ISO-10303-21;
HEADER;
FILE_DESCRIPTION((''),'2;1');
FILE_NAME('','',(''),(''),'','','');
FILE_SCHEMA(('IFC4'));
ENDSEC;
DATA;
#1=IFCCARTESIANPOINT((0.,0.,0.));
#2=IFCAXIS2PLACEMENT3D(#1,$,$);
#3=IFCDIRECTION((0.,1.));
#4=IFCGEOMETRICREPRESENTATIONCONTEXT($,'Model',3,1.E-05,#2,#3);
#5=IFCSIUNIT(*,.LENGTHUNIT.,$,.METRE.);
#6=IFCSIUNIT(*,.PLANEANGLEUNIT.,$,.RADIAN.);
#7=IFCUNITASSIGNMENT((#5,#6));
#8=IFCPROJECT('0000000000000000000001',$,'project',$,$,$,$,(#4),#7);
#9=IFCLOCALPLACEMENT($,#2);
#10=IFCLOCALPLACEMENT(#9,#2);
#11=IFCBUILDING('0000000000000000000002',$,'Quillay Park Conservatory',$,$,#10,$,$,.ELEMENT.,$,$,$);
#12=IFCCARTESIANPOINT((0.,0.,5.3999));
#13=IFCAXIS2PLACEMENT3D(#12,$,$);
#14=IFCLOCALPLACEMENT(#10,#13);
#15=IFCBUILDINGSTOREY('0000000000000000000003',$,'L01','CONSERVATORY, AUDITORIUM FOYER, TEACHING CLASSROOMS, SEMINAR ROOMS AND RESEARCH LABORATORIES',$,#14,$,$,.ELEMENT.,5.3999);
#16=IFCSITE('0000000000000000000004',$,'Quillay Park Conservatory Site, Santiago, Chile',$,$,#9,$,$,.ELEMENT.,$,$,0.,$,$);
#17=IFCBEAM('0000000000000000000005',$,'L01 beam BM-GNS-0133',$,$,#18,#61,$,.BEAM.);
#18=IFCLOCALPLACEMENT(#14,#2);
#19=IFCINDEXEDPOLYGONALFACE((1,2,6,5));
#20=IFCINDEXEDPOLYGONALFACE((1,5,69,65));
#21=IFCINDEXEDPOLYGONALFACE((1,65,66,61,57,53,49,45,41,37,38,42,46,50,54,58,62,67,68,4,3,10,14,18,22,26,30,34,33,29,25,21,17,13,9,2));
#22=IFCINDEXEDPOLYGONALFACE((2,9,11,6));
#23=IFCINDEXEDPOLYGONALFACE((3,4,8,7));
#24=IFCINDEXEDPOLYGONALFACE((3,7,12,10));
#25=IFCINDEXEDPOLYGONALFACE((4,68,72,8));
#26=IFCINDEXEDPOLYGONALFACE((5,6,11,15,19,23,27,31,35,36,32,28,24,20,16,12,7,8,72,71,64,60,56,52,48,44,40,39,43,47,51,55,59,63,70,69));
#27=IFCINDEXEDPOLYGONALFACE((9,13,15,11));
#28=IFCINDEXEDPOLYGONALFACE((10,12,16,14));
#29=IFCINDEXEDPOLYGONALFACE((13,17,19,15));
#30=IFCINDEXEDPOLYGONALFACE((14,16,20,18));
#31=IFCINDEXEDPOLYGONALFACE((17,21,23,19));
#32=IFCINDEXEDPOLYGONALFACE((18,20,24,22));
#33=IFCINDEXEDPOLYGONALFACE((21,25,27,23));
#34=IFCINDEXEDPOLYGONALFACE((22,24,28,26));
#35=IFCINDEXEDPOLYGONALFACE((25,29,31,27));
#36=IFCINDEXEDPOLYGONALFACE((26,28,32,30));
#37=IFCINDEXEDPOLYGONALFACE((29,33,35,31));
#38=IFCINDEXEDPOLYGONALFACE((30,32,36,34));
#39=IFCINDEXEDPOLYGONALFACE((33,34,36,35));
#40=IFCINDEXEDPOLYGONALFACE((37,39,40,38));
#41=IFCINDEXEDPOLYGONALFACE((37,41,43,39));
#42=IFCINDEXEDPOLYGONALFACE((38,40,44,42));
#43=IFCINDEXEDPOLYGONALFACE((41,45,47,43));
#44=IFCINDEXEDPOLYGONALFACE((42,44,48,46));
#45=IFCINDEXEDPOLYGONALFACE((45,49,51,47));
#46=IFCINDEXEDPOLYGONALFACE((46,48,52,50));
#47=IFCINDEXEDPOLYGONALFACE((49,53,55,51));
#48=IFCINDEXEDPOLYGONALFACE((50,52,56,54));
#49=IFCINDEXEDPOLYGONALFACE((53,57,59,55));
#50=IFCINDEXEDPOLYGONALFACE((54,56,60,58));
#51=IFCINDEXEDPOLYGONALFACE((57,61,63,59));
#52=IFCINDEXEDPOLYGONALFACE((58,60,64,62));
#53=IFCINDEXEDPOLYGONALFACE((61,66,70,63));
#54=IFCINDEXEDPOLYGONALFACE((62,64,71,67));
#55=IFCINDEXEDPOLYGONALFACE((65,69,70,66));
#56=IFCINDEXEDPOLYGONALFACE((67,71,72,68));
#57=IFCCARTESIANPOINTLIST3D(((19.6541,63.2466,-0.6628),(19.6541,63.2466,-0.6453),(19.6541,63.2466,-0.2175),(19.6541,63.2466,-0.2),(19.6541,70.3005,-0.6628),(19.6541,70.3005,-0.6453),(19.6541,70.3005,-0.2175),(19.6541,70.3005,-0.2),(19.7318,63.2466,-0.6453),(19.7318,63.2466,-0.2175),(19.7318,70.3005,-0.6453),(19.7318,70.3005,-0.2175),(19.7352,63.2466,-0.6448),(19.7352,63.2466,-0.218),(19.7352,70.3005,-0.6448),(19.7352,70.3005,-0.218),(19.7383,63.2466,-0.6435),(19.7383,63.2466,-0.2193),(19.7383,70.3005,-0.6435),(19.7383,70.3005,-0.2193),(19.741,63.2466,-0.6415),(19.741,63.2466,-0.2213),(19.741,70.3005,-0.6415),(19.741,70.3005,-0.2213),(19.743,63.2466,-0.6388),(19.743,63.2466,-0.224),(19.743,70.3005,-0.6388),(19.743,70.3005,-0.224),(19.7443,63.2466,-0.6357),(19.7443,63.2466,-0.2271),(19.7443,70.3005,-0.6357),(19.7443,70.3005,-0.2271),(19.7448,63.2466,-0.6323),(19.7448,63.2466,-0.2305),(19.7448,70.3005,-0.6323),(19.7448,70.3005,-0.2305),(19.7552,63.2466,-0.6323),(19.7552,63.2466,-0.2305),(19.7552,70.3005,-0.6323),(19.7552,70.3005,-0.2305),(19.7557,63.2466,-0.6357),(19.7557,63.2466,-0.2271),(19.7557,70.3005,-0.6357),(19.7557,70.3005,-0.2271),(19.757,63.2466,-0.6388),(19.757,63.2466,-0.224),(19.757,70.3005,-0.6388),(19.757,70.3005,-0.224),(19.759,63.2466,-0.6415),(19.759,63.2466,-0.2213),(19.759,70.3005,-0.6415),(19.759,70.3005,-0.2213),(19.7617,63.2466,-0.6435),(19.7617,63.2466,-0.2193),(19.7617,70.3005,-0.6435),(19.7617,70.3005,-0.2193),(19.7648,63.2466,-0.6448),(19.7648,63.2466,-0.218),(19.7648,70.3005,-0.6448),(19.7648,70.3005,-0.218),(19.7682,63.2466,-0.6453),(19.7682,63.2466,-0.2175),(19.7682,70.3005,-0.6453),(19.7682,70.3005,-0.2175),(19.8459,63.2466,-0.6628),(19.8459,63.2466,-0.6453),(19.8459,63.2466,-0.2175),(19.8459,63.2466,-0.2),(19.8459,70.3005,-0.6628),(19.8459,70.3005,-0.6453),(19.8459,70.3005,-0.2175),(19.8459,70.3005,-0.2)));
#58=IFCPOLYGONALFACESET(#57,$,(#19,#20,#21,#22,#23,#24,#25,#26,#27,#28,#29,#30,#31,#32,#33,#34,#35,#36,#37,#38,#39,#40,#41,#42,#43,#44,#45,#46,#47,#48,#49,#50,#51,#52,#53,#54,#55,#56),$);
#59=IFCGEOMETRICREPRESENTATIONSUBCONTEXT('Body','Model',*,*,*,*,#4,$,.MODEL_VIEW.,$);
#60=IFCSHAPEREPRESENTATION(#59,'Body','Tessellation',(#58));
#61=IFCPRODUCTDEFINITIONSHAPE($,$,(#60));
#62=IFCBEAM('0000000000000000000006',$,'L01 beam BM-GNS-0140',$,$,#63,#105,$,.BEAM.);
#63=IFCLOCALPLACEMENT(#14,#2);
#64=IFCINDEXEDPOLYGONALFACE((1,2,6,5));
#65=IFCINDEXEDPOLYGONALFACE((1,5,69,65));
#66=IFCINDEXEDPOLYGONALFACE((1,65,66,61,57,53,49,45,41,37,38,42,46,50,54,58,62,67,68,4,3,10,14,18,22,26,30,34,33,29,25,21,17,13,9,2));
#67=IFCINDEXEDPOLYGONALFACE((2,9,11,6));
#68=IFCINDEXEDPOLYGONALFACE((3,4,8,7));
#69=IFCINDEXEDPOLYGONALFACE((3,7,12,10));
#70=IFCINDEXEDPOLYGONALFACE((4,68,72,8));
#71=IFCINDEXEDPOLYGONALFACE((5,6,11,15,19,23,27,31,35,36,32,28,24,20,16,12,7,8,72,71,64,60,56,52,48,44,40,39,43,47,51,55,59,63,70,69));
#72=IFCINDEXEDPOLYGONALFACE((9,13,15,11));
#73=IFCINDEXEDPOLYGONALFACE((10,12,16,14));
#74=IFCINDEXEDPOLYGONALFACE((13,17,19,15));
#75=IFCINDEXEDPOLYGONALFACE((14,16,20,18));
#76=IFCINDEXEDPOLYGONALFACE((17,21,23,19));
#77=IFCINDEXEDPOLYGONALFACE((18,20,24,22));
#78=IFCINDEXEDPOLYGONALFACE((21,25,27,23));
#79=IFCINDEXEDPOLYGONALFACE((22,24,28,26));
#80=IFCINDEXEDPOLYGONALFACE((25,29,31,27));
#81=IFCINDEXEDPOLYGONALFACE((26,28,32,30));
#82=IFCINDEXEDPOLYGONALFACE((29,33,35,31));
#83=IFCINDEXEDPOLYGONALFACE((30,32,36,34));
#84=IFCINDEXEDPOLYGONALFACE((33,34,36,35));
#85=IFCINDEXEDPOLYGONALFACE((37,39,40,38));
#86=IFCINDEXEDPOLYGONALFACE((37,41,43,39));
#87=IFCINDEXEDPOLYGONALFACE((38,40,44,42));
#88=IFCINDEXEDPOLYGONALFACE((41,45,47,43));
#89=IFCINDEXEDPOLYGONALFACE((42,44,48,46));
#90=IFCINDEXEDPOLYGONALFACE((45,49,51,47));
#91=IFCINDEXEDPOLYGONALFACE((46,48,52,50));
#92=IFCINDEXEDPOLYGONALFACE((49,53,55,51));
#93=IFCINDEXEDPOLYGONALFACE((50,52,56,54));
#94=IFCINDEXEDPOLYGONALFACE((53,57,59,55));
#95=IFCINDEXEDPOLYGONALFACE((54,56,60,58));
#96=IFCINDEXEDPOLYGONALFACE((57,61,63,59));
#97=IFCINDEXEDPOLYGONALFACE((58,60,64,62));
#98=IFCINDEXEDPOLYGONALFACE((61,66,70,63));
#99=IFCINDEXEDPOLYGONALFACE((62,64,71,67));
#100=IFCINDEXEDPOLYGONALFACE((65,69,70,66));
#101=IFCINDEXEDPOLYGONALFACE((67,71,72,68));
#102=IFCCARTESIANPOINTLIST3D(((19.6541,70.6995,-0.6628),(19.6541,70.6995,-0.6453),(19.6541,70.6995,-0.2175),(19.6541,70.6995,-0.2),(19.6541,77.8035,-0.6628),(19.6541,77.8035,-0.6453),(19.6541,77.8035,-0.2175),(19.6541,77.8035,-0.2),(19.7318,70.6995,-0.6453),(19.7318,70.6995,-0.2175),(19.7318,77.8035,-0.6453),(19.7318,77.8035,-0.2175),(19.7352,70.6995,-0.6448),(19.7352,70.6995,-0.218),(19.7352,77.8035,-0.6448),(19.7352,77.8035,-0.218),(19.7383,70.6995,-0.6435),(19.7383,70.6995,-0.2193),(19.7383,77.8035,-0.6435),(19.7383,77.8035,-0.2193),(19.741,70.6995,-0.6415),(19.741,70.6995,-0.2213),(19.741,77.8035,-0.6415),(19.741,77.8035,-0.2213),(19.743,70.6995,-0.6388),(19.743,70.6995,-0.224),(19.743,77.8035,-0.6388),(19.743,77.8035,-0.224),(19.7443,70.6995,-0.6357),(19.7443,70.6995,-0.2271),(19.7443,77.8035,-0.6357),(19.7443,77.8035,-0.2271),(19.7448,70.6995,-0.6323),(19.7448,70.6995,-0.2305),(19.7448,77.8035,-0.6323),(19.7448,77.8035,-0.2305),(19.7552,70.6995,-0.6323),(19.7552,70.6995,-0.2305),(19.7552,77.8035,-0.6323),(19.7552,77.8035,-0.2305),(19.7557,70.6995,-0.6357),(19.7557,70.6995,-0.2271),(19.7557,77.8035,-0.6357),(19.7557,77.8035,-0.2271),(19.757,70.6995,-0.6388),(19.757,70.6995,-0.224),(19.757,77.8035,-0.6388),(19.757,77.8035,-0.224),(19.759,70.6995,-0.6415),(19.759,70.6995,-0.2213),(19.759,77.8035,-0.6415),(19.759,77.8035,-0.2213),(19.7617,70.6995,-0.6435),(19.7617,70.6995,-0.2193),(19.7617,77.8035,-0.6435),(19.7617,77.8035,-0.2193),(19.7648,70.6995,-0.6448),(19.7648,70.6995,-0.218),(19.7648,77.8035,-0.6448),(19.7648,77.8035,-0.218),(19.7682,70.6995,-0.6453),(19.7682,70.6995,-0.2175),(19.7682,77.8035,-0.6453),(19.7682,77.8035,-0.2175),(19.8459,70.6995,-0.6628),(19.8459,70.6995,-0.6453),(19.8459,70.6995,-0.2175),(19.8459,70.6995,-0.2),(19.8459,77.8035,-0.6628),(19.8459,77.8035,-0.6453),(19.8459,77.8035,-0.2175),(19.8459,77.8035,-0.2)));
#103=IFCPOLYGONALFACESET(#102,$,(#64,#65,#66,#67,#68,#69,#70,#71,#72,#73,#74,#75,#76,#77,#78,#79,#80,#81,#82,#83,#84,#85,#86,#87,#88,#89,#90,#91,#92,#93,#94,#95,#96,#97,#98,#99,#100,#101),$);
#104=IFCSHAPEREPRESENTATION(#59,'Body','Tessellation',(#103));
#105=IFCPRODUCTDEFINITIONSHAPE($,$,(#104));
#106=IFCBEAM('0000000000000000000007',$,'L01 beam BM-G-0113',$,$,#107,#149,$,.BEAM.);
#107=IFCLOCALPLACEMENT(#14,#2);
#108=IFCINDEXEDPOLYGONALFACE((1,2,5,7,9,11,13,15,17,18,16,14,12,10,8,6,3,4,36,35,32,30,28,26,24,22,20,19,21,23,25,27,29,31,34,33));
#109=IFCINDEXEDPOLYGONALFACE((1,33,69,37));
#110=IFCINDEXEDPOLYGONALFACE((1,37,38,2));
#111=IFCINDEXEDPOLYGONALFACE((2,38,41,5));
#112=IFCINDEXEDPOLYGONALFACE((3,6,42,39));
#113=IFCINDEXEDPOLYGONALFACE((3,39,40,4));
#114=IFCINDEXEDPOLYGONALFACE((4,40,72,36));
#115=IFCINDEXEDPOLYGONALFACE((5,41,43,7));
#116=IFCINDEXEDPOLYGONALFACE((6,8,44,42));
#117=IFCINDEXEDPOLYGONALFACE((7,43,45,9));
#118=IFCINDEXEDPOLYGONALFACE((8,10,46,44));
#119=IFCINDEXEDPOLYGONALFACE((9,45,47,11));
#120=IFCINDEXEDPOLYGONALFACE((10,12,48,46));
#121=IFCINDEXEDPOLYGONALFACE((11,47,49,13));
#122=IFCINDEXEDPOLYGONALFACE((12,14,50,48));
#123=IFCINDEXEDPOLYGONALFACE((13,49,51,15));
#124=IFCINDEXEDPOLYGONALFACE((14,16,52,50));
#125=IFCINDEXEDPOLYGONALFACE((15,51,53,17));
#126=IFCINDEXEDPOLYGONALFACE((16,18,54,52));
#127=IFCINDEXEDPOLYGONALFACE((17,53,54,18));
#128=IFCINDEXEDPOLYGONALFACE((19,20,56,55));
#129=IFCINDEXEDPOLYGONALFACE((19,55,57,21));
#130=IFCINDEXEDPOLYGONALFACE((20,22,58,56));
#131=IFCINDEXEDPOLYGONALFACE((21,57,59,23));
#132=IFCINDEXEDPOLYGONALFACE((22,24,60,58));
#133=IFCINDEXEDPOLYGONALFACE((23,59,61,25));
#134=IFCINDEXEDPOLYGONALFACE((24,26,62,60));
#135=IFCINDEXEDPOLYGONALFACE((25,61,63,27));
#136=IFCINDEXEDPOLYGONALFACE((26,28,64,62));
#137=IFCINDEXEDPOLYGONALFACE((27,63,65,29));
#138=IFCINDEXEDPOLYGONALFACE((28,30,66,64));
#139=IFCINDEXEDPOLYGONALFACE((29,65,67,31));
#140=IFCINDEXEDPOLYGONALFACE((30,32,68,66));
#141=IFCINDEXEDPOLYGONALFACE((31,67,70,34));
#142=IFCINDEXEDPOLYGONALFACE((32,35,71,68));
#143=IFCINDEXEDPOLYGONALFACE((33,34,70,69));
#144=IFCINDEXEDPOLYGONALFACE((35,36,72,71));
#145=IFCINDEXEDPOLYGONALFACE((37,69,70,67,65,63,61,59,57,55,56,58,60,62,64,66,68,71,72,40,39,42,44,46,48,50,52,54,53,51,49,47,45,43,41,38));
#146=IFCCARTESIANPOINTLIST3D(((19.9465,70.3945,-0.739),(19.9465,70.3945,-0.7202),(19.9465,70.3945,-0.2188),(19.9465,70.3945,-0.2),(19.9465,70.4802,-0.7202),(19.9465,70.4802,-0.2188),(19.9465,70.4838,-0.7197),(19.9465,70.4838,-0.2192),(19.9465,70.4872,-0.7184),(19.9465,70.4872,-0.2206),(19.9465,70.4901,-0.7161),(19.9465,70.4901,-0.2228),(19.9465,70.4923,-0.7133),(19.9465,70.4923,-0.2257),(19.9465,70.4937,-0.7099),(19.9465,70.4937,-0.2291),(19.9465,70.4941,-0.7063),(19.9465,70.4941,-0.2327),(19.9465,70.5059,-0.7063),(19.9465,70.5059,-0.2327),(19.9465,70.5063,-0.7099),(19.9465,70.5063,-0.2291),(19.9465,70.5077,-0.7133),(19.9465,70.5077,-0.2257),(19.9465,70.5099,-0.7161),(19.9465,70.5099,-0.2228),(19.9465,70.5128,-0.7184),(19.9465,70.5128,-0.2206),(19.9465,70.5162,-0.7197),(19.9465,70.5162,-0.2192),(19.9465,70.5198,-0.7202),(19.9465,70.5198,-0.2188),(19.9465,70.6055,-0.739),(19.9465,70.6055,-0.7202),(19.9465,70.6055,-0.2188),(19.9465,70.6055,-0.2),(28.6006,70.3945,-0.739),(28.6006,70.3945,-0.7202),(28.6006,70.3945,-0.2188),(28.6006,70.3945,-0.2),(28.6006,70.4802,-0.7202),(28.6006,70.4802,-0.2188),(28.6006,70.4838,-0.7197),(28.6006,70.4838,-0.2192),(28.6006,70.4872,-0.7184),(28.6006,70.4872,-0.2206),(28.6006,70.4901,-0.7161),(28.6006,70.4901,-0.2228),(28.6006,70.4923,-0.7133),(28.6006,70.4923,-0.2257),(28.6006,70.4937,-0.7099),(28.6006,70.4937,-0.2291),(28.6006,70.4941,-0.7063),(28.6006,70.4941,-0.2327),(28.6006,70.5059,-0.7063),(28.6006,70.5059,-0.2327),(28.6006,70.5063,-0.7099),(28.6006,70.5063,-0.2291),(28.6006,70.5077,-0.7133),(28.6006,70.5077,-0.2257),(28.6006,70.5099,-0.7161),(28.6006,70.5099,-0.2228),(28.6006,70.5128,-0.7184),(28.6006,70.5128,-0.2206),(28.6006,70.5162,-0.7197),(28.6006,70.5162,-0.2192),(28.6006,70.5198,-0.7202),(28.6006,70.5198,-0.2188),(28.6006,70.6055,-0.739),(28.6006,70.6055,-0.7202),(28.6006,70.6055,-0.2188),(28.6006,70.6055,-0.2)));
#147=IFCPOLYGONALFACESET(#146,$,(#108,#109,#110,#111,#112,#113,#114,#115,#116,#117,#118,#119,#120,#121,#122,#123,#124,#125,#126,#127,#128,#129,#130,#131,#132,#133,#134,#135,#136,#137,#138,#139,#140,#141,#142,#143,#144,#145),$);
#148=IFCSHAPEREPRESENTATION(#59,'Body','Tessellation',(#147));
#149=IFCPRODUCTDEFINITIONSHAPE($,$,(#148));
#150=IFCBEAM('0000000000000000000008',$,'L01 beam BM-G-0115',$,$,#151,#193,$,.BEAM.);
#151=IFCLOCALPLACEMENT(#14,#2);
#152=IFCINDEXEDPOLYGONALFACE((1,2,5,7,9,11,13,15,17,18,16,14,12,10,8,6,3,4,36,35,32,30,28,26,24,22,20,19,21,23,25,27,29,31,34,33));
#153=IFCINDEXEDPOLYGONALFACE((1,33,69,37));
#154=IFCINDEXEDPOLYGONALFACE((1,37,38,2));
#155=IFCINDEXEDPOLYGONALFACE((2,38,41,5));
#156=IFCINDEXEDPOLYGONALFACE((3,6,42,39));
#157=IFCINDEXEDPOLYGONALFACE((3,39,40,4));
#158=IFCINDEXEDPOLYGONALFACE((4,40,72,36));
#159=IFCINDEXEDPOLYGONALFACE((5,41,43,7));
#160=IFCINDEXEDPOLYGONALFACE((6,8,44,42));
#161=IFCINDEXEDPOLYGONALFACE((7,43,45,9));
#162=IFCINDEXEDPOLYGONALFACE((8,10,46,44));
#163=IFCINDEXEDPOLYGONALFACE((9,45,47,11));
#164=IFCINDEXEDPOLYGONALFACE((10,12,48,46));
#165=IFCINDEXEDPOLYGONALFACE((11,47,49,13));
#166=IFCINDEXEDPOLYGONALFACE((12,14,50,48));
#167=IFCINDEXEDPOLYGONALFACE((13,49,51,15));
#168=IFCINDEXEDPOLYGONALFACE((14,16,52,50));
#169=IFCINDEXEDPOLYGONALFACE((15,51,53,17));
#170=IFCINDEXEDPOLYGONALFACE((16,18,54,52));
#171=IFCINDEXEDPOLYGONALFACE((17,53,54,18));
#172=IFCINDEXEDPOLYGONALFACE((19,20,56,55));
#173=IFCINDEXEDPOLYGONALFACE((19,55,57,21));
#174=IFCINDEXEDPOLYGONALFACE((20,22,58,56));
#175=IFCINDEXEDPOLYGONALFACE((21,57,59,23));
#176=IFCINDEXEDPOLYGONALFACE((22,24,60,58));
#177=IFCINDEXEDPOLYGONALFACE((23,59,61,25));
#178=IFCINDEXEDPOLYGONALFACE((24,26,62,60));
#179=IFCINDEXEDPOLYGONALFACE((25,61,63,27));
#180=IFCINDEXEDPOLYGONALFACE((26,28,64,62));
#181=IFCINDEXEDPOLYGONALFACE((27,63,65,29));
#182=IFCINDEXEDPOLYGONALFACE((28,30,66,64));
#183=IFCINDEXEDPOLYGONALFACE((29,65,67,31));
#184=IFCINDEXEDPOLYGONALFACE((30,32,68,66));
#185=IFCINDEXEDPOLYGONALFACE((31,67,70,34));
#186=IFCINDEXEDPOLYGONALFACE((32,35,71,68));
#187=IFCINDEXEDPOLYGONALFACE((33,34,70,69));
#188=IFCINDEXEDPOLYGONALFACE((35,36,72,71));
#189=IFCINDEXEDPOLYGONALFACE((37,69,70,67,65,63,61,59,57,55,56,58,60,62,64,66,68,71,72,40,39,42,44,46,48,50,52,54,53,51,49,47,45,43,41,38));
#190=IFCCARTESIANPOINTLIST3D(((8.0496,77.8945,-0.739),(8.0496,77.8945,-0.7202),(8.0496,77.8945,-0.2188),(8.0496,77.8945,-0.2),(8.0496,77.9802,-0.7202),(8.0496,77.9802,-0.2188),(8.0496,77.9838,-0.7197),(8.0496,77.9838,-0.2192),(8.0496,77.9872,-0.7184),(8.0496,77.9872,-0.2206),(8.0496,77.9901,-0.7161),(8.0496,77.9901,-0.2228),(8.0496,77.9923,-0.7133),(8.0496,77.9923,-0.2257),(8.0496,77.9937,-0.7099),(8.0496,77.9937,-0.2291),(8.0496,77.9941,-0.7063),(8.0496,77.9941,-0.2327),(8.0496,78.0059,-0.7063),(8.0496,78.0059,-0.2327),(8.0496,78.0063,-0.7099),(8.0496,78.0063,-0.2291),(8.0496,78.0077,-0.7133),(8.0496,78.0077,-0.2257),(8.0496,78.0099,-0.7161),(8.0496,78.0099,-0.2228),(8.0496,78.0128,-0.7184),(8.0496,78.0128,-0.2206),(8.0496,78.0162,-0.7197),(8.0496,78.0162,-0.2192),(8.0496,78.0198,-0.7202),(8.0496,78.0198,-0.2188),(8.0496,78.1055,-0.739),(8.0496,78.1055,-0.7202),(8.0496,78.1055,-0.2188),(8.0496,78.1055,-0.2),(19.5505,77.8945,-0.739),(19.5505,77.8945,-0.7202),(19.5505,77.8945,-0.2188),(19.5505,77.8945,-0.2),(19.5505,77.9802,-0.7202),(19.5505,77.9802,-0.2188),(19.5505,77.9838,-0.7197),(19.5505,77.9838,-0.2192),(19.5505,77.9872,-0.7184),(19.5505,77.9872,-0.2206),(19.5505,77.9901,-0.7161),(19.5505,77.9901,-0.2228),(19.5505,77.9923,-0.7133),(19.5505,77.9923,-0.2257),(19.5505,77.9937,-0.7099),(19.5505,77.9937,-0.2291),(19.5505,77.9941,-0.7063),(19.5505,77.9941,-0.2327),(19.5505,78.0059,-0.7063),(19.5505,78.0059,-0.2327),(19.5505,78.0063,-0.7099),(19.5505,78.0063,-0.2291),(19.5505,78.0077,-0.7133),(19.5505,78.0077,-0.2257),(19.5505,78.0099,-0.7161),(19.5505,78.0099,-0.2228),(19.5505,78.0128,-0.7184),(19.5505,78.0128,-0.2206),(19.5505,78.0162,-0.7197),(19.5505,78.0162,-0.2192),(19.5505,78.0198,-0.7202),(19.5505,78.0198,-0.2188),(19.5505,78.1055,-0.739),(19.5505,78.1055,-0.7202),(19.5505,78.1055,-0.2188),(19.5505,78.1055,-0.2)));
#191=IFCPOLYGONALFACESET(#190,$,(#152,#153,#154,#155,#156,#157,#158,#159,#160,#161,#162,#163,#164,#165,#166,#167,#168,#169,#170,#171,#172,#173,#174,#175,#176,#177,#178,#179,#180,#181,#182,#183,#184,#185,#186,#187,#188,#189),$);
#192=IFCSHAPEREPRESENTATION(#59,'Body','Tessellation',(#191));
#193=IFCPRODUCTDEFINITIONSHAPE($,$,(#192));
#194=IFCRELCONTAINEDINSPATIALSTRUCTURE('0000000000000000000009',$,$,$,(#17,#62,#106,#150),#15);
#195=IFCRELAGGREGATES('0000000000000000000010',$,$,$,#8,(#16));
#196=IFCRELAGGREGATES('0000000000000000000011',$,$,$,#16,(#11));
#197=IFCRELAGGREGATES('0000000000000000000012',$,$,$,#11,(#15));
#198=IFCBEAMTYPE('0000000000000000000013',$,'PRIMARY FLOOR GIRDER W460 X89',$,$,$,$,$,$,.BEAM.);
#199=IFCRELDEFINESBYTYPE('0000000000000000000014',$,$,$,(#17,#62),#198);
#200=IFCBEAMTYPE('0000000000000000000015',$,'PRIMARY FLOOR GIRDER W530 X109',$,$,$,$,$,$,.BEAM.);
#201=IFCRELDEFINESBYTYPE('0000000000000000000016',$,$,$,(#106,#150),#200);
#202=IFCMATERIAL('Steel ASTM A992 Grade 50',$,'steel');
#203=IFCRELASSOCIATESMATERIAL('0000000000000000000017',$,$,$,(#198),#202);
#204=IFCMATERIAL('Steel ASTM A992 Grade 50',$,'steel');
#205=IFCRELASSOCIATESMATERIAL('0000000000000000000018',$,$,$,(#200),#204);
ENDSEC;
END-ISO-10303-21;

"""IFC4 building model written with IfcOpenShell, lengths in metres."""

from ifc_helpers import new_model, si_unit, direction, frame, origin, origin_2d, place, context, subcontext, project, spatial, i_section, extrude, material, material_profile, profile_set, type_object, element, save


model = new_model("IFC4")

# Units and contexts
model_context = context("Model", 3, precision=1e-05, world=origin(), true_north=direction((0.0, 1.0)))
body_context = subcontext(model_context, "Body", "Model", "MODEL_VIEW")
ifc_project = project(units=[si_unit("LENGTHUNIT", "METRE"), si_unit("PLANEANGLEUNIT", "RADIAN")], contexts=[model_context])

# Site, building, storey
site_placement = place(None, origin())
site = spatial("IfcSite", under=ifc_project, at=site_placement, Name="Quillay Park Conservatory Site, Santiago, Chile", CompositionType="ELEMENT", RefElevation=0.0)
building_placement = place(site_placement, origin())
building = spatial("IfcBuilding", under=site, at=building_placement, Name="Quillay Park Conservatory", CompositionType="ELEMENT")
storey_placement = place(building_placement, frame((0.0, 0.0, 5.3999)))
storey = spatial("IfcBuildingStorey", under=building, at=storey_placement, Name="L01", Description="CONSERVATORY, AUDITORIUM FOYER, TEACHING CLASSROOMS, SEMINAR ROOMS AND RESEARCH LABORATORIES", CompositionType="ELEMENT", Elevation=5.3999)

# Beams
ifc_material_1 = material(Name="Steel ASTM A992 Grade 50", Category="steel")
ifc_material_profile_1 = material_profile(ifc_material_1, i_section(OverallWidth=0.1919, OverallDepth=0.4629, WebThickness=0.0105, FlangeThickness=0.0176, FilletRadius=0.0129, at=origin_2d()), Name="W460x89")
ifc_profile_set_1 = profile_set([ifc_material_profile_1], Name="Steel ASTM A992 Grade 50")
beam_type_1 = type_object("IfcBeamType", Name="PRIMARY FLOOR GIRDER W460 X89", PredefinedType="BEAM", material=ifc_profile_set_1)
beam_1_placement = place(storey_placement, frame((19.75, 63.2466, -0.4314), z_axis=(0.0, 1.0, 0.0), x_axis=(-1.0, 0.0, 0.0)))
element("IfcBeam", 1, at=beam_1_placement, inside=storey, type_object=beam_type_1, Name="L01 beam BM-GNS-0133", PredefinedType="BEAM", context=body_context, shape_type="SweptSolid", body=[
    extrude(i_section(OverallWidth=0.1919, OverallDepth=0.4629, WebThickness=0.0105, FlangeThickness=0.0176, FilletRadius=0.0129, at=origin_2d()), origin(), (0.0, 0.0, 1.0), 7.054),
])
beam_2_placement = place(storey_placement, frame((19.75, 70.6995, -0.4314), z_axis=(0.0, 1.0, 0.0), x_axis=(-1.0, 0.0, 0.0)))
element("IfcBeam", 2, at=beam_2_placement, inside=storey, type_object=beam_type_1, Name="L01 beam BM-GNS-0140", PredefinedType="BEAM", context=body_context, shape_type="SweptSolid", body=[
    extrude(i_section(OverallWidth=0.1919, OverallDepth=0.4629, WebThickness=0.0105, FlangeThickness=0.0176, FilletRadius=0.0129, at=origin_2d()), origin(), (0.0, 0.0, 1.0), 7.104),
])
ifc_material_2 = material(Name="Steel ASTM A992 Grade 50", Category="steel")
ifc_material_profile_2 = material_profile(ifc_material_2, i_section(OverallWidth=0.2109, OverallDepth=0.5391, WebThickness=0.0117, FlangeThickness=0.0188, FilletRadius=0.0139, at=origin_2d()), Name="W530x109")
ifc_profile_set_2 = profile_set([ifc_material_profile_2], Name="Steel ASTM A992 Grade 50")
beam_type_2 = type_object("IfcBeamType", Name="PRIMARY FLOOR GIRDER W530 X109", PredefinedType="BEAM", material=ifc_profile_set_2)
beam_3_placement = place(storey_placement, frame((19.9465, 70.5, -0.4695), z_axis=(1.0, 0.0, 0.0), x_axis=(0.0, 1.0, 0.0)))
element("IfcBeam", 3, at=beam_3_placement, inside=storey, type_object=beam_type_2, Name="L01 beam BM-G-0113", PredefinedType="BEAM", context=body_context, shape_type="SweptSolid", body=[
    extrude(i_section(OverallWidth=0.2109, OverallDepth=0.5391, WebThickness=0.0117, FlangeThickness=0.0188, FilletRadius=0.0139, at=origin_2d()), origin(), (0.0, 0.0, 1.0), 8.6541),
])
beam_4_placement = place(storey_placement, frame((8.0496, 78.0, -0.4695), z_axis=(1.0, 0.0, 0.0), x_axis=(0.0, 1.0, 0.0)))
element("IfcBeam", 4, at=beam_4_placement, inside=storey, type_object=beam_type_2, Name="L01 beam BM-G-0115", PredefinedType="BEAM", context=body_context, shape_type="SweptSolid", body=[
    extrude(i_section(OverallWidth=0.2109, OverallDepth=0.5391, WebThickness=0.0117, FlangeThickness=0.0188, FilletRadius=0.0139, at=origin_2d()), origin(), (0.0, 0.0, 1.0), 11.501),
])

save(model, "model.ifc")
